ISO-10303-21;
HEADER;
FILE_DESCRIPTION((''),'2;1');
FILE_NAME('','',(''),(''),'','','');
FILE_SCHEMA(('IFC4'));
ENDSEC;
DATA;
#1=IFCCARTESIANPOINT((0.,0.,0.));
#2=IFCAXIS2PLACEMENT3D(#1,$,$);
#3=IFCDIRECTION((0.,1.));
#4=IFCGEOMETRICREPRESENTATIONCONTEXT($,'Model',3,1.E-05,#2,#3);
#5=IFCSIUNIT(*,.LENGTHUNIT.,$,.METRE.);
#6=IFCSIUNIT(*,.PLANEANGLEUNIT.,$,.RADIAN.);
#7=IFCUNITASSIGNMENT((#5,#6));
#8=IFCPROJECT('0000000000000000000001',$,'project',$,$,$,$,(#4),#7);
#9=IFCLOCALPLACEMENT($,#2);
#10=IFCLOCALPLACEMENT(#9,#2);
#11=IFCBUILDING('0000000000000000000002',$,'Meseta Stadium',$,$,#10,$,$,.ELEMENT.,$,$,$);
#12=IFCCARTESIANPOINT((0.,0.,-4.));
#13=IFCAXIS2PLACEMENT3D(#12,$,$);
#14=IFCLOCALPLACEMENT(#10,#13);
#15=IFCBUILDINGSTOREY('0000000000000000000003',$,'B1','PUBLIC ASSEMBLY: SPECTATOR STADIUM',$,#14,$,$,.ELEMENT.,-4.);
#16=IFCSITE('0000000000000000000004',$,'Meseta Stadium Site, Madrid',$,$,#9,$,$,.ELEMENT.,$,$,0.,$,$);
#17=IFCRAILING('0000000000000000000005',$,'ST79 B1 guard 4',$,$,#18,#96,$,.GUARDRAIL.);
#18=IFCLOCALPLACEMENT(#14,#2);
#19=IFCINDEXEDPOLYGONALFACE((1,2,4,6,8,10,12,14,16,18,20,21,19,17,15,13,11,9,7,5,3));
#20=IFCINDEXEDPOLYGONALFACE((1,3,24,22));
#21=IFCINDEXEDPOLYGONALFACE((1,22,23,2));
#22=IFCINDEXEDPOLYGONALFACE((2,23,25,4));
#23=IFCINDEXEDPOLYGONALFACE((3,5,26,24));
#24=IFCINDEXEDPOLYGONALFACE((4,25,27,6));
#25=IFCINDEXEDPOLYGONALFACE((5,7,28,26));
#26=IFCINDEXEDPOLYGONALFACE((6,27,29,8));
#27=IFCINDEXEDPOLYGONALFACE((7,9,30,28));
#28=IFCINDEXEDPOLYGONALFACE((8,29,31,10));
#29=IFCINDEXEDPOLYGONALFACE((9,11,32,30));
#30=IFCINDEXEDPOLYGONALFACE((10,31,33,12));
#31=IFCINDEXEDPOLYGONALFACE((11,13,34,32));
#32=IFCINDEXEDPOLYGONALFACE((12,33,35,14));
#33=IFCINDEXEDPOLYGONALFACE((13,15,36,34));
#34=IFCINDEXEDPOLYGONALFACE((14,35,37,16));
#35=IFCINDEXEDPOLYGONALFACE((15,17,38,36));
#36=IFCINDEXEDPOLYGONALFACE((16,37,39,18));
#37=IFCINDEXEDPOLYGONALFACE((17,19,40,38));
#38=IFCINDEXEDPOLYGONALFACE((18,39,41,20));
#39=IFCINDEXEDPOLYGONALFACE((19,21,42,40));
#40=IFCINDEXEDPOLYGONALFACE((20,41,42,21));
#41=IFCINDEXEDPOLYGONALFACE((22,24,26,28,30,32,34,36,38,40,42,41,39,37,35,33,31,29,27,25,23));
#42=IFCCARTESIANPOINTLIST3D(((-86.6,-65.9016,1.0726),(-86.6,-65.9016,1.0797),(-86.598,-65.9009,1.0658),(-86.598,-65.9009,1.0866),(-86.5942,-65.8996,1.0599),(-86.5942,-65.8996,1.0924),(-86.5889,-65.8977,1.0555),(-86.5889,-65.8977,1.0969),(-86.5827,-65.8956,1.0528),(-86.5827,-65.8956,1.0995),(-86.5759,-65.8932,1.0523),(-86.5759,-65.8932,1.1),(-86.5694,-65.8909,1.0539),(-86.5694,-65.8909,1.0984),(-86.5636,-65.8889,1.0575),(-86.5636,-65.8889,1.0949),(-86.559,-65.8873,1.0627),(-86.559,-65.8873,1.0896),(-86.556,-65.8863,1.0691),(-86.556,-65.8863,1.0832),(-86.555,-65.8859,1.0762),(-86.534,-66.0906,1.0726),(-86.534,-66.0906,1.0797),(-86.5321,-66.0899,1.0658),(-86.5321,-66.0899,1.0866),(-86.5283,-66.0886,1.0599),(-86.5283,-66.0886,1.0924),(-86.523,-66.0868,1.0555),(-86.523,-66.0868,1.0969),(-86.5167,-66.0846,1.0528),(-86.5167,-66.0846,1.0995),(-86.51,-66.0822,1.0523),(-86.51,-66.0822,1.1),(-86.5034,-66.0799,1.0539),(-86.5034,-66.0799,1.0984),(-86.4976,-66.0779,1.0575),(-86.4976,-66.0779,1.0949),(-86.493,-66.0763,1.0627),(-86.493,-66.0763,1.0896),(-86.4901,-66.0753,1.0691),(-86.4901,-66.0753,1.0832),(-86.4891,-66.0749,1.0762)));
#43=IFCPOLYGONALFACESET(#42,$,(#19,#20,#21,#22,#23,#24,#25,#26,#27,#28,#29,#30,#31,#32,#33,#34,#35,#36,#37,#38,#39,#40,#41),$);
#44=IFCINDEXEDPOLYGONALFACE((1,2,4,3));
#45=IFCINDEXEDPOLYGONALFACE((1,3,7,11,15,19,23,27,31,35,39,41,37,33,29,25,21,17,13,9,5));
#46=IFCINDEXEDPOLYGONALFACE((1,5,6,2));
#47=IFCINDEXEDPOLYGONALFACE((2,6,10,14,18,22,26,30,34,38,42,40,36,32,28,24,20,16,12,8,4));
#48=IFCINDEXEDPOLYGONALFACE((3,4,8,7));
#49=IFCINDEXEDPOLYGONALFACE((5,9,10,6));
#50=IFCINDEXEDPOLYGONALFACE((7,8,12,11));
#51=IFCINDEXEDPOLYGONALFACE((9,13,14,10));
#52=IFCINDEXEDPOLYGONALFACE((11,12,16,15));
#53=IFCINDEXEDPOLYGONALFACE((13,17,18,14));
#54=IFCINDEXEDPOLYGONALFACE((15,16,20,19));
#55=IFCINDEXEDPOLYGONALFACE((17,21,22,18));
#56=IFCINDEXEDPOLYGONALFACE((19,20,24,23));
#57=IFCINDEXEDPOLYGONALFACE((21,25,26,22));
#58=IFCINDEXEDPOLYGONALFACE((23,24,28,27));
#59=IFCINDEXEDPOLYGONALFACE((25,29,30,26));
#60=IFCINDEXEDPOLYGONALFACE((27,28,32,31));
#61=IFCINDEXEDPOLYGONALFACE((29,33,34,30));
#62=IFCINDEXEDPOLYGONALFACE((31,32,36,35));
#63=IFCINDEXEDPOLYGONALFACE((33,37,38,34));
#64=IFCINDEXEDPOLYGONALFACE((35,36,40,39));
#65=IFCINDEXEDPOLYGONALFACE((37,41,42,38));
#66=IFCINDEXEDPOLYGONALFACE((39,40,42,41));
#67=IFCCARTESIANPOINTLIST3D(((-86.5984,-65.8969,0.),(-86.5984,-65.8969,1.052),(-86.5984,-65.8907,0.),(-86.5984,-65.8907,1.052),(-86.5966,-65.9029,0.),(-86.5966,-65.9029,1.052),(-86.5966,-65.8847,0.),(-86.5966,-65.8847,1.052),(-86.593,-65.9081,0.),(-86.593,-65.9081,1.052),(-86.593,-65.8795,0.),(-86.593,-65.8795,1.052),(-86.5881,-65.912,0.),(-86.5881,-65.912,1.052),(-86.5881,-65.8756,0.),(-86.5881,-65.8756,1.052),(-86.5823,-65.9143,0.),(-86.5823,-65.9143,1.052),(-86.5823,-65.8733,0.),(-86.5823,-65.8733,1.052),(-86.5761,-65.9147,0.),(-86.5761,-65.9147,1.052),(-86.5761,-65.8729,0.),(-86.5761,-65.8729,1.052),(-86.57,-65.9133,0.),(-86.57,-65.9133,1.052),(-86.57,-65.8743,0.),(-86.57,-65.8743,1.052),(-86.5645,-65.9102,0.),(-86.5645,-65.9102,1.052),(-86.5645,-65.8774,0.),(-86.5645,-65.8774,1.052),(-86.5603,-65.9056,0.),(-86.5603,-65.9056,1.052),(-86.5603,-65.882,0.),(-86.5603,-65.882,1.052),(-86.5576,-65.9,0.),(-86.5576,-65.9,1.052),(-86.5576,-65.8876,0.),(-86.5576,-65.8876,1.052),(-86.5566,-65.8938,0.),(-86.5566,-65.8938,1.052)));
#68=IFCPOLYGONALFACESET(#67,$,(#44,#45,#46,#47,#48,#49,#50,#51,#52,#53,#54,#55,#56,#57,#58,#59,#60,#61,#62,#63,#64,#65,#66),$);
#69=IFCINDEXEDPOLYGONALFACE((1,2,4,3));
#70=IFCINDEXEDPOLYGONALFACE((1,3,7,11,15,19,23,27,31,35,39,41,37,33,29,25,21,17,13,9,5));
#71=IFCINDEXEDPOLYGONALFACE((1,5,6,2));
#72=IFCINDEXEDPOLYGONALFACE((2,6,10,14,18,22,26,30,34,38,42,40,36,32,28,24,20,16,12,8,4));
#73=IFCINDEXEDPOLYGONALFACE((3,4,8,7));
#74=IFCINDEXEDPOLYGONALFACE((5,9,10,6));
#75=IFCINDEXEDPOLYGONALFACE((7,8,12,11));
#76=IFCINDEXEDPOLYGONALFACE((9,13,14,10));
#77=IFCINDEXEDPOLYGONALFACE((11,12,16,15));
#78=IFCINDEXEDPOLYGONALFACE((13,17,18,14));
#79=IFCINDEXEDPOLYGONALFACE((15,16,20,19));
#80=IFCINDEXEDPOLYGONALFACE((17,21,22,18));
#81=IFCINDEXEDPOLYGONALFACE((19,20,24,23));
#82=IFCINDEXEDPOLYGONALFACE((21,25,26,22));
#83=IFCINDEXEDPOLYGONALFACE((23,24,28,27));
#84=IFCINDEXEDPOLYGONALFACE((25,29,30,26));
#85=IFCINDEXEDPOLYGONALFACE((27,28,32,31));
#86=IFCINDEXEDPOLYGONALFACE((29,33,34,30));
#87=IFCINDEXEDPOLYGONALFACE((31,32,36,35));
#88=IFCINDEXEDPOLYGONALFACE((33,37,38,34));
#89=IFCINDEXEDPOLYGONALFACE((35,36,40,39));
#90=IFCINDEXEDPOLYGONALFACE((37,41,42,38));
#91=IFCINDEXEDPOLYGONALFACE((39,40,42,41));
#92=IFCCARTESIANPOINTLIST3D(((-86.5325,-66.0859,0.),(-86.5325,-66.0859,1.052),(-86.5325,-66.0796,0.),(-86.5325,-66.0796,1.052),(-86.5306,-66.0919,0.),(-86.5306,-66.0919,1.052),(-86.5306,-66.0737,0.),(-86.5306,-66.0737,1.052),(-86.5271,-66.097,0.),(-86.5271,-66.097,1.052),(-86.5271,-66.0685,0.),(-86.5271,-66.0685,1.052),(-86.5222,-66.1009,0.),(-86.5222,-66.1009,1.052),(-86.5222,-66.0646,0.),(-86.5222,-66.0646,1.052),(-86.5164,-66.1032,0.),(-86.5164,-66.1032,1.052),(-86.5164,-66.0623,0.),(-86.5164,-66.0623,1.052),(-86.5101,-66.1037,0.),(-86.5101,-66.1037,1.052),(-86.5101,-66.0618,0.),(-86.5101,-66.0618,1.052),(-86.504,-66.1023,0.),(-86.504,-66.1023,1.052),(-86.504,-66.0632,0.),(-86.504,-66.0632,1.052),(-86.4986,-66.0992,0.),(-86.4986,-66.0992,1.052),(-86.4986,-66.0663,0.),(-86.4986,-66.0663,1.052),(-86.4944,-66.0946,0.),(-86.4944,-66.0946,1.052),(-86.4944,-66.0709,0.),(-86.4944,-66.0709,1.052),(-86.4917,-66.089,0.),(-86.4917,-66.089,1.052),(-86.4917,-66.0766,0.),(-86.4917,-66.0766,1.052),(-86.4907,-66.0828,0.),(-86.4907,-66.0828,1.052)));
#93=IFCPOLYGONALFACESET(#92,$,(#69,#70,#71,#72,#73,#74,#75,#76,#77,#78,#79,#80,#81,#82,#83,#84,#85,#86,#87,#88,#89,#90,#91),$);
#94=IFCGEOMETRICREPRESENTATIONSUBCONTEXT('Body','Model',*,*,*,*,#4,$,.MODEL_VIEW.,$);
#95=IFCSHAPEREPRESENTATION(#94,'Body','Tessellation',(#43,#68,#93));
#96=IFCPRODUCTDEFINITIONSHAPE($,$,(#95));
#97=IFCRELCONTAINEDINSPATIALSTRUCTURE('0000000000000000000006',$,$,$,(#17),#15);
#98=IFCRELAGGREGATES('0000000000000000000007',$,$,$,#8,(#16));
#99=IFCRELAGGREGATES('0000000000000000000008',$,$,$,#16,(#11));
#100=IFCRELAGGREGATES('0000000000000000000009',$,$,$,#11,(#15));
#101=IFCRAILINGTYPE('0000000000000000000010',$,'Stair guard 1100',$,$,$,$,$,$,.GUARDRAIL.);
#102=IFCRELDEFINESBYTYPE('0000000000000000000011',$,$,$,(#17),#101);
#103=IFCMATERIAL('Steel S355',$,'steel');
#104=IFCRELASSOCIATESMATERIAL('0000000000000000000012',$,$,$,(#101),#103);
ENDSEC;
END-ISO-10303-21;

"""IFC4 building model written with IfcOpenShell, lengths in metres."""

from ifc_helpers import new_model, si_unit, direction, frame, origin, origin_2d, place, context, subcontext, project, spatial, circle, extrude, material, type_object, element, save


model = new_model("IFC4")

# Units and contexts
model_context = context("Model", 3, precision=1e-05, world=origin(), true_north=direction((0.0, 1.0)))
body_context = subcontext(model_context, "Body", "Model", "MODEL_VIEW")
ifc_project = project(units=[si_unit("LENGTHUNIT", "METRE"), si_unit("PLANEANGLEUNIT", "RADIAN")], contexts=[model_context])

# Site, building, storey
site_placement = place(None, origin())
site = spatial("IfcSite", under=ifc_project, at=site_placement, Name="Meseta Stadium Site, Madrid", CompositionType="ELEMENT", RefElevation=0.0)
building_placement = place(site_placement, origin())
building = spatial("IfcBuilding", under=site, at=building_placement, Name="Meseta Stadium", CompositionType="ELEMENT")
storey_placement = place(building_placement, frame((0.0, 0.0, -4.0)))
storey = spatial("IfcBuildingStorey", under=building, at=storey_placement, Name="B1", Description="PUBLIC ASSEMBLY: SPECTATOR STADIUM", CompositionType="ELEMENT", Elevation=-4.0)

# Railing
ifc_material_1 = material(Name="Steel S355", Category="steel")
railing_type_1 = type_object("IfcRailingType", Name="Stair guard 1100", PredefinedType="GUARDRAIL", material=ifc_material_1)
railing_1_placement = place(storey_placement, frame((-86.5776, -65.8938, 0.0)))
element("IfcRailing", 1, at=railing_1_placement, inside=storey, type_object=railing_type_1, Name="ST79 B1 guard 4", PredefinedType="GUARDRAIL", context=body_context, shape_type="SweptSolid", body=[
    extrude(circle(Radius=0.0239, at=origin_2d()), frame((0.0, 0.0, 1.0762), z_axis=(0.329372, -0.9442, 0.0), x_axis=(0.9442, 0.329372, 0.0)), (0.0, 0.0, 1.0), 0.2002),
    extrude(circle(Radius=0.021, at=origin_2d()), origin(), (0.0, 0.0, 1.0), 1.052),
    extrude(circle(Radius=0.021, at=origin_2d()), frame((0.0659, -0.189, 0.0)), (0.0, 0.0, 1.0), 1.052),
])

save(model, "model.ifc")
